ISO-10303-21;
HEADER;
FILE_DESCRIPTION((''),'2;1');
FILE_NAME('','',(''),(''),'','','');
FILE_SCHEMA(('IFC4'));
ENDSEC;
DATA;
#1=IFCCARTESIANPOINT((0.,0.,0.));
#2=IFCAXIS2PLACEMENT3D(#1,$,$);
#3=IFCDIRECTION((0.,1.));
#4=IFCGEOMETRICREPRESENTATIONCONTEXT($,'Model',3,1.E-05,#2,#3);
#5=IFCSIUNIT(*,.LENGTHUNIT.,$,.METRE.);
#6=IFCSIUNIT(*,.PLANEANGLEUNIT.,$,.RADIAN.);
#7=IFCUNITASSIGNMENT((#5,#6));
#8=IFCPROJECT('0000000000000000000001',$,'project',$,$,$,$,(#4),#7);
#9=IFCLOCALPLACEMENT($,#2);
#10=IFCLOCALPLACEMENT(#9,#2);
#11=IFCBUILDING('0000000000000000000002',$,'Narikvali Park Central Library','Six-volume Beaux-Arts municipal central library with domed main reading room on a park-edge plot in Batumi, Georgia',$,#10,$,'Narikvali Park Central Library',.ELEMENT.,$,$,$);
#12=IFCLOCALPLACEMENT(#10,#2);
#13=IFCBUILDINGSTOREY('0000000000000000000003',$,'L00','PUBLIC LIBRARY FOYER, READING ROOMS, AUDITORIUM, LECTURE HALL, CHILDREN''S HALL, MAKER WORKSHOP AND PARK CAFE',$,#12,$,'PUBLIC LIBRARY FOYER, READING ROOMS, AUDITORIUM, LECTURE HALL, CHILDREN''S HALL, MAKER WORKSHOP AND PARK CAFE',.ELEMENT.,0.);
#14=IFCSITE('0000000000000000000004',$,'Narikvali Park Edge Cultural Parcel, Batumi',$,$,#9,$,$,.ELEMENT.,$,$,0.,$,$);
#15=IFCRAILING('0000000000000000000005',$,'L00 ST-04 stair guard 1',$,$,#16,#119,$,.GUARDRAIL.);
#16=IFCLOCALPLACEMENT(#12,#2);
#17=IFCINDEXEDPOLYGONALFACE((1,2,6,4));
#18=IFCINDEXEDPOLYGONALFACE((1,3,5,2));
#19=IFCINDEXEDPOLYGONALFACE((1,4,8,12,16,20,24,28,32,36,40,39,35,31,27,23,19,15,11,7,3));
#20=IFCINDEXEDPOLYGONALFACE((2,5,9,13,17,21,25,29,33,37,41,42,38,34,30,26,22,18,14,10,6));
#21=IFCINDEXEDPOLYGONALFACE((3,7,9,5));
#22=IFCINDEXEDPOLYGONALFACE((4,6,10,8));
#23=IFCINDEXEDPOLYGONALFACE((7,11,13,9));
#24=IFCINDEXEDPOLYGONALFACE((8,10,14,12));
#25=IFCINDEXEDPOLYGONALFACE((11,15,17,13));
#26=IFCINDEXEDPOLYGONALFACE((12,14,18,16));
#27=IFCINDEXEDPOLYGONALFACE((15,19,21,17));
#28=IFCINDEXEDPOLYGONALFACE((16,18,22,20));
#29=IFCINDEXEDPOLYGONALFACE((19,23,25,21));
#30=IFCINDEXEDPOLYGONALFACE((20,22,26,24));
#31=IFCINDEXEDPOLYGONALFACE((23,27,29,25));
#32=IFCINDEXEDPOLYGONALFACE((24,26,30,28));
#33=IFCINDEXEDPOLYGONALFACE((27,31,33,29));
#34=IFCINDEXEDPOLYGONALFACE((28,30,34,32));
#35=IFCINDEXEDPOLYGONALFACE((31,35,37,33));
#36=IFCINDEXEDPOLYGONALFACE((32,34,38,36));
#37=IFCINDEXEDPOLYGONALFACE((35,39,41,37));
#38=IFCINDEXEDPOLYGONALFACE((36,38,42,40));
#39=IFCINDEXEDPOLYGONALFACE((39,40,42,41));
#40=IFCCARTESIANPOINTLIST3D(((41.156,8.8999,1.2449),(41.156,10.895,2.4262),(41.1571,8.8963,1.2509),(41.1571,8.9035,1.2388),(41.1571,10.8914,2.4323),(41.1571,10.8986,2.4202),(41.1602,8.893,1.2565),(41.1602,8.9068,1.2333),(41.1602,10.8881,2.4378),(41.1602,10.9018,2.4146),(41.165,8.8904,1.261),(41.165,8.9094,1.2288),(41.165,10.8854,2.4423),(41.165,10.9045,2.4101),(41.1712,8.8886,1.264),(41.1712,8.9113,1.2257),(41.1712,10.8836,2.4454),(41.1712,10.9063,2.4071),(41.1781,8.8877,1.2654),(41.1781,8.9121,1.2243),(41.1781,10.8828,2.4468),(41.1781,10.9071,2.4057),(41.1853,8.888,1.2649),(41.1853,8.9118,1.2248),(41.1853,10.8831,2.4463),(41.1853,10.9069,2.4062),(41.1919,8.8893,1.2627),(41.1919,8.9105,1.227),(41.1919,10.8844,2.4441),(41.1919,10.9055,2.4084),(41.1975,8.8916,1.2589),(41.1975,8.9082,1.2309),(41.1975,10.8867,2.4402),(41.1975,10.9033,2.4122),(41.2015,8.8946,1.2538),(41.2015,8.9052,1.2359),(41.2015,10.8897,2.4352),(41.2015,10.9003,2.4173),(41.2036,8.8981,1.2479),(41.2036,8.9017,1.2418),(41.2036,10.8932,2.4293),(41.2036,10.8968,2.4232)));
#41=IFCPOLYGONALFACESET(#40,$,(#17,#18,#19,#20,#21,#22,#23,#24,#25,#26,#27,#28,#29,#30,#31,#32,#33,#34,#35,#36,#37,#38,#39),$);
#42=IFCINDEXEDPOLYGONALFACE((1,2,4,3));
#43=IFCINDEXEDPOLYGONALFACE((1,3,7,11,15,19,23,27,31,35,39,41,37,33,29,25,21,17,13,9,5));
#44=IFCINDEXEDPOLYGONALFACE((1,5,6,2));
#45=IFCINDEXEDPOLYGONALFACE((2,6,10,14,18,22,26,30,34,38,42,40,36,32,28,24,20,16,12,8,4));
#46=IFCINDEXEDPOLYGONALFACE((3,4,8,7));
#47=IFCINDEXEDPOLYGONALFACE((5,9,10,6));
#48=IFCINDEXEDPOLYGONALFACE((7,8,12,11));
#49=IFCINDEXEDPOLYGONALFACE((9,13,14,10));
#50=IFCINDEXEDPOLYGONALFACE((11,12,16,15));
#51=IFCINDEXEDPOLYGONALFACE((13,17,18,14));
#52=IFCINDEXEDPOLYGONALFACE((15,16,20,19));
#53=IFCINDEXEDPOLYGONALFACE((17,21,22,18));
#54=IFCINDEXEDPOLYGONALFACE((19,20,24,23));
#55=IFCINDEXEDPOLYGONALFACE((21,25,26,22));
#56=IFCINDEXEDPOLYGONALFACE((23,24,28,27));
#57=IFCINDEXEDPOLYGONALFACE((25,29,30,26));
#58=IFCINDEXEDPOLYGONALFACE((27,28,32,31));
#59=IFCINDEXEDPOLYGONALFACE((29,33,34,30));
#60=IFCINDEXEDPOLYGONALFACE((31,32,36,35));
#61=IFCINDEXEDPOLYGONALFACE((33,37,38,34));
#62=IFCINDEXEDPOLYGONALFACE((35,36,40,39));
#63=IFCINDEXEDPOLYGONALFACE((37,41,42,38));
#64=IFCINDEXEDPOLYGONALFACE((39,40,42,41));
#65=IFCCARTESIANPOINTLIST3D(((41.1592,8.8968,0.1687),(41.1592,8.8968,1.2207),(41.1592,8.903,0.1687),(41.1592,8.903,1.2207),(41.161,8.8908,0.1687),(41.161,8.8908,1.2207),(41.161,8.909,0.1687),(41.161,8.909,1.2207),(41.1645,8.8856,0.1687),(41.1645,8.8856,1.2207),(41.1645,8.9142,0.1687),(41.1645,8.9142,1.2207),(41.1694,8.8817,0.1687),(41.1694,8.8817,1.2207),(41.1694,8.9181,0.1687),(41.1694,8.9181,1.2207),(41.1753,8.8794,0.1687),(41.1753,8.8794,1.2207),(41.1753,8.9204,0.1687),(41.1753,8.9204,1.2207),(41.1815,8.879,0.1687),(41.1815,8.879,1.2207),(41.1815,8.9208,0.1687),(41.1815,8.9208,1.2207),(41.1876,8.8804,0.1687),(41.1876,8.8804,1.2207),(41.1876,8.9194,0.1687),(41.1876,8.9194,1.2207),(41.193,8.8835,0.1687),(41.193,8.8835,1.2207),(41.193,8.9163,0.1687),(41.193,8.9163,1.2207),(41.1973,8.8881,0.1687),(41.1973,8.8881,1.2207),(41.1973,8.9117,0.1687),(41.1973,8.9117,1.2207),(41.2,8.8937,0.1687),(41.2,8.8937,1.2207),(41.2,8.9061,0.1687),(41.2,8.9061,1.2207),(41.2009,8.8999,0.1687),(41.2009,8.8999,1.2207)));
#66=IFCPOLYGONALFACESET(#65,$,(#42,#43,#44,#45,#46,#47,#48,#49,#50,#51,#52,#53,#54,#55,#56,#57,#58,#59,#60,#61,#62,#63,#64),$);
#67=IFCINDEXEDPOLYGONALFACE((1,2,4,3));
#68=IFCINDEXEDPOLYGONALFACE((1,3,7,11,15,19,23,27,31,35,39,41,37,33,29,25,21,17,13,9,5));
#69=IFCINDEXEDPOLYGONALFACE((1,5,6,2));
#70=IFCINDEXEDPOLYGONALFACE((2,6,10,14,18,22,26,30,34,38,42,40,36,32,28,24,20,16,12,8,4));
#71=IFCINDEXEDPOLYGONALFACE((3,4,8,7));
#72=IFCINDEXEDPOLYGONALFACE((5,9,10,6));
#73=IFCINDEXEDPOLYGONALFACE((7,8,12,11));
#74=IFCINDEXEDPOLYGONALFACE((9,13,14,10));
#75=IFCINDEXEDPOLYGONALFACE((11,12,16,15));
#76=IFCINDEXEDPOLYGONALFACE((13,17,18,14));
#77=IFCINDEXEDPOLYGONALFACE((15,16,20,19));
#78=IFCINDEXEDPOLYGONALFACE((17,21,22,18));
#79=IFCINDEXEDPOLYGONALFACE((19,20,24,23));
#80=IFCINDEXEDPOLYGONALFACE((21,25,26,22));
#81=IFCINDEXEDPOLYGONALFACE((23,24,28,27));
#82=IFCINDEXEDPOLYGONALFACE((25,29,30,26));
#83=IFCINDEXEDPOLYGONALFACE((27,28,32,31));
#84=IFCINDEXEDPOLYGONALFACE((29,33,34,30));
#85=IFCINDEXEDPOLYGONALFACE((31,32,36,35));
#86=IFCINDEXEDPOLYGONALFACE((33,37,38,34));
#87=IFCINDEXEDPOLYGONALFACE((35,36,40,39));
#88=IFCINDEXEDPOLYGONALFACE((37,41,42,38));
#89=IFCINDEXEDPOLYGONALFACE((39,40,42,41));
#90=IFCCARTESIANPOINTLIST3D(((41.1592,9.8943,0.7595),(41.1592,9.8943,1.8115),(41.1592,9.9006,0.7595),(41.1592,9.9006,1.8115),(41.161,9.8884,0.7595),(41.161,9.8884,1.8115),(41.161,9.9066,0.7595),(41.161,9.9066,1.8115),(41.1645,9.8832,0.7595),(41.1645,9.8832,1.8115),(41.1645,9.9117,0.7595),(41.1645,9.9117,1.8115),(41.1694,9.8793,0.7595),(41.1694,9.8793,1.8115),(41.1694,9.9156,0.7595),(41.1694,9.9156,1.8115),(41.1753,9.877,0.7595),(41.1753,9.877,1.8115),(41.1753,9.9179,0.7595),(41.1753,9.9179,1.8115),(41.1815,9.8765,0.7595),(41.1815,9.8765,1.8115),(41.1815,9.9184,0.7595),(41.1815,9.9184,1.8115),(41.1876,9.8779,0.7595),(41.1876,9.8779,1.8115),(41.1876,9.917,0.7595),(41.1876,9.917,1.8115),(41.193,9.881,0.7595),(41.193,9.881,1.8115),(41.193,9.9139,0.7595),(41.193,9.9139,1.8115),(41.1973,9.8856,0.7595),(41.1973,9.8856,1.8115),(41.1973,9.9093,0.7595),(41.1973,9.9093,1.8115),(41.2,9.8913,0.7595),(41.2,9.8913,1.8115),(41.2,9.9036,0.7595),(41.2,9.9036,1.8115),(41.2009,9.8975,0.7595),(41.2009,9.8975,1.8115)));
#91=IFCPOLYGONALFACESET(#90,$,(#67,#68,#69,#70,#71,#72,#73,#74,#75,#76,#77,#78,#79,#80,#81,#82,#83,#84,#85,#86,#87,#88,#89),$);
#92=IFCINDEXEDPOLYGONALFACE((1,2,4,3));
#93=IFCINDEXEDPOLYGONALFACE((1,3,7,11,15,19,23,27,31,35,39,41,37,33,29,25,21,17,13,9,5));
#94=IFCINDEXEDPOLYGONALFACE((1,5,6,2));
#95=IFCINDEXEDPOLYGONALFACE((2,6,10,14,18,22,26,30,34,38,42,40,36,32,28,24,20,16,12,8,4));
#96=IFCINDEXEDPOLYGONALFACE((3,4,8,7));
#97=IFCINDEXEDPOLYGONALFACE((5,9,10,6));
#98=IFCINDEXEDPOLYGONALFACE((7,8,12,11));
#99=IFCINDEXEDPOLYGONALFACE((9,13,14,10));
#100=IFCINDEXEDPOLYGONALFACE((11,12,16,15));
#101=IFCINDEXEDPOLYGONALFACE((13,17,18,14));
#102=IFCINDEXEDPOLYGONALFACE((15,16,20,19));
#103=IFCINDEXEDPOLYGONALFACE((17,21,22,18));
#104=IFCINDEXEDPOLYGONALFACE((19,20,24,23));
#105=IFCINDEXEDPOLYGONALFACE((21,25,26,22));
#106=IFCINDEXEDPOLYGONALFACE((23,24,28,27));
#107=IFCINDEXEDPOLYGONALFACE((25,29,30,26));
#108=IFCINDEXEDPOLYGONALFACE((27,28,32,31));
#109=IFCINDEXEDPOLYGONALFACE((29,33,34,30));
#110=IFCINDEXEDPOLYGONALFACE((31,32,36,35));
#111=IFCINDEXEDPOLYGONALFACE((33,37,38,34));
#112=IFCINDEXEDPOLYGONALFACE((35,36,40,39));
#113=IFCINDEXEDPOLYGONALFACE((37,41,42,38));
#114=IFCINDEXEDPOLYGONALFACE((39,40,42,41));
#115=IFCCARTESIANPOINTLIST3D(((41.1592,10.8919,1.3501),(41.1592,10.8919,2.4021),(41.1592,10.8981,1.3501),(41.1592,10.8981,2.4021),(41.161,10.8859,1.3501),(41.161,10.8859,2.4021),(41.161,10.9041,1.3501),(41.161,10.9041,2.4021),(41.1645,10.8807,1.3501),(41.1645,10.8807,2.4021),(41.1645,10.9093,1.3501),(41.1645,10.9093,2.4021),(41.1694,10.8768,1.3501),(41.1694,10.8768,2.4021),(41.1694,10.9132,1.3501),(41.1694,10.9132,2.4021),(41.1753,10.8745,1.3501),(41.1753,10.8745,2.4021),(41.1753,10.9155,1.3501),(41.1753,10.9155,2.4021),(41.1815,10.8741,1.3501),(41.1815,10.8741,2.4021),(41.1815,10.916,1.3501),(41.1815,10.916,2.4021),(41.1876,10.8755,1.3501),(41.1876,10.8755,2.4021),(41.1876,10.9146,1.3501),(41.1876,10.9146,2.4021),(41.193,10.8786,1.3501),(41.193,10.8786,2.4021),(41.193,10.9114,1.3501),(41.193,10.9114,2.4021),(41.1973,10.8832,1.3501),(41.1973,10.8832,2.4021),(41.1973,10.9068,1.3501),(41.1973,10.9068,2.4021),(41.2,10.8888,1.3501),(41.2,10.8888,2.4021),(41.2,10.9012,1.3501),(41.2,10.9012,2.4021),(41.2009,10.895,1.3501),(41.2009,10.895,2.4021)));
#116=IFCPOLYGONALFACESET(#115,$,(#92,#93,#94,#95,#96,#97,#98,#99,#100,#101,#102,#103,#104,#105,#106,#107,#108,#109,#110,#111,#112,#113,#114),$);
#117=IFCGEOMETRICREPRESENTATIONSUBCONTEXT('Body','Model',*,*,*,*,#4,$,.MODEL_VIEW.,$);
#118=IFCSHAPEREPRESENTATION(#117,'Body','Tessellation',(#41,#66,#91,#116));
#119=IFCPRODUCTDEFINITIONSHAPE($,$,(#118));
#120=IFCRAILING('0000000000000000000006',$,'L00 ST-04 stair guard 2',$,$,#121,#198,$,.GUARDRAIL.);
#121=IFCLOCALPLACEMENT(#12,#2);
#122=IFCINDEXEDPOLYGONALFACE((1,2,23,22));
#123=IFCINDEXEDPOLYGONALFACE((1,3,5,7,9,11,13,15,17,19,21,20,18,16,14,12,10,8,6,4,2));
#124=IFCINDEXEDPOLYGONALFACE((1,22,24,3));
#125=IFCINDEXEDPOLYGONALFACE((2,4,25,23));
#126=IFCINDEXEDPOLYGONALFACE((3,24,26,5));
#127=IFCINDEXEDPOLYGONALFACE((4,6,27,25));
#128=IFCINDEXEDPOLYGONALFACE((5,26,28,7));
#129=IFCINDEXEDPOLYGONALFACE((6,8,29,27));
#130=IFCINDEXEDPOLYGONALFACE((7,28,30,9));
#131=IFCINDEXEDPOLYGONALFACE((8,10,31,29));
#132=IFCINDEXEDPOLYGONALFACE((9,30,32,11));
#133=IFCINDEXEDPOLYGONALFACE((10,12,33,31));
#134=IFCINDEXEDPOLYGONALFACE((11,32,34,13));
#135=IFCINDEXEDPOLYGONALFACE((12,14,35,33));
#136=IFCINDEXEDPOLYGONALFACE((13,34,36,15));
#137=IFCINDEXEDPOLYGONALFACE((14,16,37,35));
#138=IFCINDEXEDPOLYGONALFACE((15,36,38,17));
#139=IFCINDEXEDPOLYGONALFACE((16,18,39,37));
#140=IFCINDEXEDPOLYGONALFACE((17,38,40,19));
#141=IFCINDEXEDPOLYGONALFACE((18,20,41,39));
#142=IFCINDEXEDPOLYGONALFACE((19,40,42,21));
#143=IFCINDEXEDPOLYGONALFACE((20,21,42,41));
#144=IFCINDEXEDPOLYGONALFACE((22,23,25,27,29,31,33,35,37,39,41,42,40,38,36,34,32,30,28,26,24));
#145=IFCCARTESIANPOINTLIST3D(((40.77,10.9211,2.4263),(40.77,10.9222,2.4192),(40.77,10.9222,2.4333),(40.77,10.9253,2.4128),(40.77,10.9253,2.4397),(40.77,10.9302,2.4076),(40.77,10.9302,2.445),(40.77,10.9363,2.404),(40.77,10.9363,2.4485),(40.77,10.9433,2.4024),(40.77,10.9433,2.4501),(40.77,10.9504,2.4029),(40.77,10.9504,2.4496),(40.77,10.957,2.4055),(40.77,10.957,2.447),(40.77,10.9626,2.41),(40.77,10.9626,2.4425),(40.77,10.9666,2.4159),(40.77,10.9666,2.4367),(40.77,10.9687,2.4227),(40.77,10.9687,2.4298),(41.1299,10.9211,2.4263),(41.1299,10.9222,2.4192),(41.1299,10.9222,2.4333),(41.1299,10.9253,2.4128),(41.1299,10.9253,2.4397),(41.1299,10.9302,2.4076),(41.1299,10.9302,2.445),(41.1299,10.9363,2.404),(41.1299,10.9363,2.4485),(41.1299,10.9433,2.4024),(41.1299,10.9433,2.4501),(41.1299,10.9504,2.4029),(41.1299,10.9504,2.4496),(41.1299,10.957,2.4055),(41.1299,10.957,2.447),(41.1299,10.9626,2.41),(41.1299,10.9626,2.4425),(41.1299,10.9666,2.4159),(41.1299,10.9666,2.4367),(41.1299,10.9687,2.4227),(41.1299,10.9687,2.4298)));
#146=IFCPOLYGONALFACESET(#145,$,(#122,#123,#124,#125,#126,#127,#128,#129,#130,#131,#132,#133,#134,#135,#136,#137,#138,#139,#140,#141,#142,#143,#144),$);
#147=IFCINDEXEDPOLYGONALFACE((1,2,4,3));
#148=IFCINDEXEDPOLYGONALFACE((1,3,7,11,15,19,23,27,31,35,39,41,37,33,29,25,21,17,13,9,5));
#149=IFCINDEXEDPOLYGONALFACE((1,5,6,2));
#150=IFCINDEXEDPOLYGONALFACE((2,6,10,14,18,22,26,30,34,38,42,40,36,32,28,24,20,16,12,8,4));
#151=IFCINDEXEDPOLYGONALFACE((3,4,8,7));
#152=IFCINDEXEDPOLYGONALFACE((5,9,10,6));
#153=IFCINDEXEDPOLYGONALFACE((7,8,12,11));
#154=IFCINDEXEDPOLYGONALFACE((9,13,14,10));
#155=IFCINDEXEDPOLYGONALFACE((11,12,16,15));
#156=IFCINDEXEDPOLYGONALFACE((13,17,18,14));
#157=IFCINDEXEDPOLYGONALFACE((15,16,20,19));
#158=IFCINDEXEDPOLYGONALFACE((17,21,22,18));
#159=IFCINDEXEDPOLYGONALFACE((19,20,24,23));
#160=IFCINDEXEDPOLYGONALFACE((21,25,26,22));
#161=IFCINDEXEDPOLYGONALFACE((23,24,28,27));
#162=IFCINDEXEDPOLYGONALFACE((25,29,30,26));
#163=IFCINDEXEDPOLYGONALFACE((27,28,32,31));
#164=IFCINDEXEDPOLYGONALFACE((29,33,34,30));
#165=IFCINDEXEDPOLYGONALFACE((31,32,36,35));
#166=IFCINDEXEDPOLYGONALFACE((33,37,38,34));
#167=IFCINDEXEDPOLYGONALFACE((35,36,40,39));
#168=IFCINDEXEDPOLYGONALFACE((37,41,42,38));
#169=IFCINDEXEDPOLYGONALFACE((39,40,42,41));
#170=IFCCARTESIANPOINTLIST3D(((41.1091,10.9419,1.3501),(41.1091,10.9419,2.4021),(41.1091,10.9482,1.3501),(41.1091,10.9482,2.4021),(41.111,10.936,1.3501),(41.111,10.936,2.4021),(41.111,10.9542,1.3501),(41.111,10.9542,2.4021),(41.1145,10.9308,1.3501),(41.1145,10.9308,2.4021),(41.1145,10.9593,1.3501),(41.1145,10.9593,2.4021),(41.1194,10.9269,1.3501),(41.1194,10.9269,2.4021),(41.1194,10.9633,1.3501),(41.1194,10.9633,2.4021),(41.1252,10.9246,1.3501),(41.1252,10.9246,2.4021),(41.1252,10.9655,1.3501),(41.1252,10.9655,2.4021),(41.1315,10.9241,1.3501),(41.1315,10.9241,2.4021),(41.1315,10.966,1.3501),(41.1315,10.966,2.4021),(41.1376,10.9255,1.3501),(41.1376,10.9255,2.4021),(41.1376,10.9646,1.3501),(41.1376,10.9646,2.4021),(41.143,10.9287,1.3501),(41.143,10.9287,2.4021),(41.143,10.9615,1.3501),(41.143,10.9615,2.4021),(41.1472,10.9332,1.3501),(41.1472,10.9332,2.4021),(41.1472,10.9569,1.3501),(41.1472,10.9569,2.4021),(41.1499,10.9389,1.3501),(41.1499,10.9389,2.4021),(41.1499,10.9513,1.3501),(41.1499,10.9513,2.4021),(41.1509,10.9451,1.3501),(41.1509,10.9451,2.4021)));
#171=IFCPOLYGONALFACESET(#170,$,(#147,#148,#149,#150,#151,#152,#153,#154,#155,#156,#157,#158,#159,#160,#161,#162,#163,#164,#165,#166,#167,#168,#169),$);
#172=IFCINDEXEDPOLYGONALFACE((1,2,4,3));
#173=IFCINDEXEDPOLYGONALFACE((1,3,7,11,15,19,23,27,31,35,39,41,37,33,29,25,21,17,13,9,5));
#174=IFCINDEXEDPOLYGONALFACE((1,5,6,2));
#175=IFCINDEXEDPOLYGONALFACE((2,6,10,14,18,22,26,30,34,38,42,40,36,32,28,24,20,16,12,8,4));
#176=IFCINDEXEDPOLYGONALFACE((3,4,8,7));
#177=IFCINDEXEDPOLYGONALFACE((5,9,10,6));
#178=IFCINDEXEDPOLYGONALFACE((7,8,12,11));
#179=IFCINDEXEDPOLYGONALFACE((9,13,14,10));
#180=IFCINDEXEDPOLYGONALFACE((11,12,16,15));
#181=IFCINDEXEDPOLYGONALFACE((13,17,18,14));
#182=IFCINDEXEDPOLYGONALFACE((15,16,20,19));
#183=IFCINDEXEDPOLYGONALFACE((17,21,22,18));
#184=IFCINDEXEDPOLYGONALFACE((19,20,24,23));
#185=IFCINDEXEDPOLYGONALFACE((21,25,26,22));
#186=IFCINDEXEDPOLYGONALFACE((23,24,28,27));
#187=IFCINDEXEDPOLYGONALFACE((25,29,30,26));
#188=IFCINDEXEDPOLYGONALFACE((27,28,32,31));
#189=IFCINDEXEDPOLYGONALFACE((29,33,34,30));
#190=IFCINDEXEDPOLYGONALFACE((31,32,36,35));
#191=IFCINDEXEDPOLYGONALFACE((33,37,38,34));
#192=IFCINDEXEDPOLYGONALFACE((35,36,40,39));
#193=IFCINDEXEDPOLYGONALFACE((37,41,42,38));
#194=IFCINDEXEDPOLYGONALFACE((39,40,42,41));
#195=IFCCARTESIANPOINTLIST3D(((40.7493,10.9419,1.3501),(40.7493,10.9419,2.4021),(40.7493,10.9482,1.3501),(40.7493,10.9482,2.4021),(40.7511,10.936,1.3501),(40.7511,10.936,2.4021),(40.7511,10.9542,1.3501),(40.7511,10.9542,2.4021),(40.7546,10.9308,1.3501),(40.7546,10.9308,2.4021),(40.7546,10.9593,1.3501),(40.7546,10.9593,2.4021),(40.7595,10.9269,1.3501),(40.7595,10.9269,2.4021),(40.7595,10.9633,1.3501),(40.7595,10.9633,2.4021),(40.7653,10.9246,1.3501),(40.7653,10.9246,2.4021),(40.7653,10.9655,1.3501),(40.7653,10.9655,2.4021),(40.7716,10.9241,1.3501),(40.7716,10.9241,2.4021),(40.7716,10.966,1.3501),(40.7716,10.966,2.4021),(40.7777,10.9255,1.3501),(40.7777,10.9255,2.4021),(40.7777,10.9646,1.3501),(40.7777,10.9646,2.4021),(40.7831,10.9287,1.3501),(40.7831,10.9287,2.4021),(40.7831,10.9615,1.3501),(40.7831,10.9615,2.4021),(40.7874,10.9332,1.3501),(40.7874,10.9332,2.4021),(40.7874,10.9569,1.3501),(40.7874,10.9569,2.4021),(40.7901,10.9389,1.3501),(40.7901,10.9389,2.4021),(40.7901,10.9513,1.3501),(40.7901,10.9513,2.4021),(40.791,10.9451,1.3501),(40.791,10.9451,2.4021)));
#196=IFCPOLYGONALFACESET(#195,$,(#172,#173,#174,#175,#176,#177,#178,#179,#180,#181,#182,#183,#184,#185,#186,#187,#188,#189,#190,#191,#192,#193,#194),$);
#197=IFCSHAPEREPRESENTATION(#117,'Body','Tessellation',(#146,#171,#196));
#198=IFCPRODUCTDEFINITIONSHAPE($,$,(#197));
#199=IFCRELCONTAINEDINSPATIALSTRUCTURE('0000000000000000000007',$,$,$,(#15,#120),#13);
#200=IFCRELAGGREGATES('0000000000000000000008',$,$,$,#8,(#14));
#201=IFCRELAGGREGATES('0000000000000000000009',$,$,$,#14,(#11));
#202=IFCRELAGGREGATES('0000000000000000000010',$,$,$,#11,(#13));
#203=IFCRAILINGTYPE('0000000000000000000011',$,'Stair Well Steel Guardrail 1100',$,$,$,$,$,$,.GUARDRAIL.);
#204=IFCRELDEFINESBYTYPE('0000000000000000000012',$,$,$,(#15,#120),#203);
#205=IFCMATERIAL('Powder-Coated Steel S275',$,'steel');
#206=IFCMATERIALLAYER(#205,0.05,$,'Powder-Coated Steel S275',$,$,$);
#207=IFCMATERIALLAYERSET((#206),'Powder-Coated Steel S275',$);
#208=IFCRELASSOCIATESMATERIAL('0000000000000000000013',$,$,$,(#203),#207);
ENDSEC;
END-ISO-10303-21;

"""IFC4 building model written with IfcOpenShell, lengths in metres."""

from ifc_helpers import new_model, si_unit, direction, frame, origin, origin_2d, place, context, subcontext, project, spatial, circle, extrude, material, layer, layer_set, type_object, element, save


model = new_model("IFC4")

# Units and contexts
model_context = context("Model", 3, precision=1e-05, world=origin(), true_north=direction((0.0, 1.0)))
body_context = subcontext(model_context, "Body", "Model", "MODEL_VIEW")
ifc_project = project(units=[si_unit("LENGTHUNIT", "METRE"), si_unit("PLANEANGLEUNIT", "RADIAN")], contexts=[model_context])

# Site, building, storey
site_placement = place(None, origin())
site = spatial("IfcSite", under=ifc_project, at=site_placement, Name="Narikvali Park Edge Cultural Parcel, Batumi", CompositionType="ELEMENT", RefElevation=0.0)
building_placement = place(site_placement, origin())
building = spatial("IfcBuilding", under=site, at=building_placement, Name="Narikvali Park Central Library", Description="Six-volume Beaux-Arts municipal central library with domed main reading room on a park-edge plot in Batumi, Georgia", LongName="Narikvali Park Central Library", CompositionType="ELEMENT")
storey_placement = place(building_placement, origin())
storey = spatial("IfcBuildingStorey", under=building, at=storey_placement, Name="L00", Description="PUBLIC LIBRARY FOYER, READING ROOMS, AUDITORIUM, LECTURE HALL, CHILDREN'S HALL, MAKER WORKSHOP AND PARK CAFE", LongName="PUBLIC LIBRARY FOYER, READING ROOMS, AUDITORIUM, LECTURE HALL, CHILDREN'S HALL, MAKER WORKSHOP AND PARK CAFE", CompositionType="ELEMENT", Elevation=0.0)

# Railings
ifc_material_1 = material(Name="Powder-Coated Steel S275", Category="steel")
ifc_layer_1 = layer(ifc_material_1, 0.05, Name="Powder-Coated Steel S275")
ifc_layer_set_1 = layer_set([ifc_layer_1], Name="Powder-Coated Steel S275")
railing_type_1 = type_object("IfcRailingType", Name="Stair Well Steel Guardrail 1100", PredefinedType="GUARDRAIL", material=ifc_layer_set_1)
railing_1_placement = place(storey_placement, frame((41.1799, 8.8999, 0.1687)))
element("IfcRailing", 1, at=railing_1_placement, inside=storey, type_object=railing_type_1, Name="L00 ST-04 stair guard 1", PredefinedType="GUARDRAIL", context=body_context, shape_type="SweptSolid", body=[
    extrude(circle(Radius=0.0239, at=origin_2d()), frame((0.0, 0.0, 1.0762), z_axis=(0.0, 0.860461, 0.509517), x_axis=(-1.0, 0.0, 0.0)), (0.0, 0.0, 1.0), 2.3186),
    extrude(circle(Radius=0.021, at=origin_2d()), origin(), (0.0, 0.0, 1.0), 1.052),
    extrude(circle(Radius=0.021, at=origin_2d()), frame((0.0, 0.9976, 0.5908)), (0.0, 0.0, 1.0), 1.052),
    extrude(circle(Radius=0.021, at=origin_2d()), frame((0.0, 1.9951, 1.1814)), (0.0, 0.0, 1.0), 1.052),
])
railing_2_placement = place(storey_placement, frame((41.1299, 10.9451, 1.3501)))
element("IfcRailing", 2, at=railing_2_placement, inside=storey, type_object=railing_type_1, Name="L00 ST-04 stair guard 2", PredefinedType="GUARDRAIL", context=body_context, shape_type="SweptSolid", body=[
    extrude(circle(Radius=0.0239, at=origin_2d()), frame((0.0, 0.0, 1.0762), z_axis=(-1.0, 0.0, 0.0), x_axis=(0.0, -1.0, 0.0)), (0.0, 0.0, 1.0), 0.3599),
    extrude(circle(Radius=0.021, at=origin_2d()), origin(), (0.0, 0.0, 1.0), 1.052),
    extrude(circle(Radius=0.021, at=origin_2d()), frame((-0.3599, 0.0, 0.0)), (0.0, 0.0, 1.0), 1.052),
])

save(model, "model.ifc")
